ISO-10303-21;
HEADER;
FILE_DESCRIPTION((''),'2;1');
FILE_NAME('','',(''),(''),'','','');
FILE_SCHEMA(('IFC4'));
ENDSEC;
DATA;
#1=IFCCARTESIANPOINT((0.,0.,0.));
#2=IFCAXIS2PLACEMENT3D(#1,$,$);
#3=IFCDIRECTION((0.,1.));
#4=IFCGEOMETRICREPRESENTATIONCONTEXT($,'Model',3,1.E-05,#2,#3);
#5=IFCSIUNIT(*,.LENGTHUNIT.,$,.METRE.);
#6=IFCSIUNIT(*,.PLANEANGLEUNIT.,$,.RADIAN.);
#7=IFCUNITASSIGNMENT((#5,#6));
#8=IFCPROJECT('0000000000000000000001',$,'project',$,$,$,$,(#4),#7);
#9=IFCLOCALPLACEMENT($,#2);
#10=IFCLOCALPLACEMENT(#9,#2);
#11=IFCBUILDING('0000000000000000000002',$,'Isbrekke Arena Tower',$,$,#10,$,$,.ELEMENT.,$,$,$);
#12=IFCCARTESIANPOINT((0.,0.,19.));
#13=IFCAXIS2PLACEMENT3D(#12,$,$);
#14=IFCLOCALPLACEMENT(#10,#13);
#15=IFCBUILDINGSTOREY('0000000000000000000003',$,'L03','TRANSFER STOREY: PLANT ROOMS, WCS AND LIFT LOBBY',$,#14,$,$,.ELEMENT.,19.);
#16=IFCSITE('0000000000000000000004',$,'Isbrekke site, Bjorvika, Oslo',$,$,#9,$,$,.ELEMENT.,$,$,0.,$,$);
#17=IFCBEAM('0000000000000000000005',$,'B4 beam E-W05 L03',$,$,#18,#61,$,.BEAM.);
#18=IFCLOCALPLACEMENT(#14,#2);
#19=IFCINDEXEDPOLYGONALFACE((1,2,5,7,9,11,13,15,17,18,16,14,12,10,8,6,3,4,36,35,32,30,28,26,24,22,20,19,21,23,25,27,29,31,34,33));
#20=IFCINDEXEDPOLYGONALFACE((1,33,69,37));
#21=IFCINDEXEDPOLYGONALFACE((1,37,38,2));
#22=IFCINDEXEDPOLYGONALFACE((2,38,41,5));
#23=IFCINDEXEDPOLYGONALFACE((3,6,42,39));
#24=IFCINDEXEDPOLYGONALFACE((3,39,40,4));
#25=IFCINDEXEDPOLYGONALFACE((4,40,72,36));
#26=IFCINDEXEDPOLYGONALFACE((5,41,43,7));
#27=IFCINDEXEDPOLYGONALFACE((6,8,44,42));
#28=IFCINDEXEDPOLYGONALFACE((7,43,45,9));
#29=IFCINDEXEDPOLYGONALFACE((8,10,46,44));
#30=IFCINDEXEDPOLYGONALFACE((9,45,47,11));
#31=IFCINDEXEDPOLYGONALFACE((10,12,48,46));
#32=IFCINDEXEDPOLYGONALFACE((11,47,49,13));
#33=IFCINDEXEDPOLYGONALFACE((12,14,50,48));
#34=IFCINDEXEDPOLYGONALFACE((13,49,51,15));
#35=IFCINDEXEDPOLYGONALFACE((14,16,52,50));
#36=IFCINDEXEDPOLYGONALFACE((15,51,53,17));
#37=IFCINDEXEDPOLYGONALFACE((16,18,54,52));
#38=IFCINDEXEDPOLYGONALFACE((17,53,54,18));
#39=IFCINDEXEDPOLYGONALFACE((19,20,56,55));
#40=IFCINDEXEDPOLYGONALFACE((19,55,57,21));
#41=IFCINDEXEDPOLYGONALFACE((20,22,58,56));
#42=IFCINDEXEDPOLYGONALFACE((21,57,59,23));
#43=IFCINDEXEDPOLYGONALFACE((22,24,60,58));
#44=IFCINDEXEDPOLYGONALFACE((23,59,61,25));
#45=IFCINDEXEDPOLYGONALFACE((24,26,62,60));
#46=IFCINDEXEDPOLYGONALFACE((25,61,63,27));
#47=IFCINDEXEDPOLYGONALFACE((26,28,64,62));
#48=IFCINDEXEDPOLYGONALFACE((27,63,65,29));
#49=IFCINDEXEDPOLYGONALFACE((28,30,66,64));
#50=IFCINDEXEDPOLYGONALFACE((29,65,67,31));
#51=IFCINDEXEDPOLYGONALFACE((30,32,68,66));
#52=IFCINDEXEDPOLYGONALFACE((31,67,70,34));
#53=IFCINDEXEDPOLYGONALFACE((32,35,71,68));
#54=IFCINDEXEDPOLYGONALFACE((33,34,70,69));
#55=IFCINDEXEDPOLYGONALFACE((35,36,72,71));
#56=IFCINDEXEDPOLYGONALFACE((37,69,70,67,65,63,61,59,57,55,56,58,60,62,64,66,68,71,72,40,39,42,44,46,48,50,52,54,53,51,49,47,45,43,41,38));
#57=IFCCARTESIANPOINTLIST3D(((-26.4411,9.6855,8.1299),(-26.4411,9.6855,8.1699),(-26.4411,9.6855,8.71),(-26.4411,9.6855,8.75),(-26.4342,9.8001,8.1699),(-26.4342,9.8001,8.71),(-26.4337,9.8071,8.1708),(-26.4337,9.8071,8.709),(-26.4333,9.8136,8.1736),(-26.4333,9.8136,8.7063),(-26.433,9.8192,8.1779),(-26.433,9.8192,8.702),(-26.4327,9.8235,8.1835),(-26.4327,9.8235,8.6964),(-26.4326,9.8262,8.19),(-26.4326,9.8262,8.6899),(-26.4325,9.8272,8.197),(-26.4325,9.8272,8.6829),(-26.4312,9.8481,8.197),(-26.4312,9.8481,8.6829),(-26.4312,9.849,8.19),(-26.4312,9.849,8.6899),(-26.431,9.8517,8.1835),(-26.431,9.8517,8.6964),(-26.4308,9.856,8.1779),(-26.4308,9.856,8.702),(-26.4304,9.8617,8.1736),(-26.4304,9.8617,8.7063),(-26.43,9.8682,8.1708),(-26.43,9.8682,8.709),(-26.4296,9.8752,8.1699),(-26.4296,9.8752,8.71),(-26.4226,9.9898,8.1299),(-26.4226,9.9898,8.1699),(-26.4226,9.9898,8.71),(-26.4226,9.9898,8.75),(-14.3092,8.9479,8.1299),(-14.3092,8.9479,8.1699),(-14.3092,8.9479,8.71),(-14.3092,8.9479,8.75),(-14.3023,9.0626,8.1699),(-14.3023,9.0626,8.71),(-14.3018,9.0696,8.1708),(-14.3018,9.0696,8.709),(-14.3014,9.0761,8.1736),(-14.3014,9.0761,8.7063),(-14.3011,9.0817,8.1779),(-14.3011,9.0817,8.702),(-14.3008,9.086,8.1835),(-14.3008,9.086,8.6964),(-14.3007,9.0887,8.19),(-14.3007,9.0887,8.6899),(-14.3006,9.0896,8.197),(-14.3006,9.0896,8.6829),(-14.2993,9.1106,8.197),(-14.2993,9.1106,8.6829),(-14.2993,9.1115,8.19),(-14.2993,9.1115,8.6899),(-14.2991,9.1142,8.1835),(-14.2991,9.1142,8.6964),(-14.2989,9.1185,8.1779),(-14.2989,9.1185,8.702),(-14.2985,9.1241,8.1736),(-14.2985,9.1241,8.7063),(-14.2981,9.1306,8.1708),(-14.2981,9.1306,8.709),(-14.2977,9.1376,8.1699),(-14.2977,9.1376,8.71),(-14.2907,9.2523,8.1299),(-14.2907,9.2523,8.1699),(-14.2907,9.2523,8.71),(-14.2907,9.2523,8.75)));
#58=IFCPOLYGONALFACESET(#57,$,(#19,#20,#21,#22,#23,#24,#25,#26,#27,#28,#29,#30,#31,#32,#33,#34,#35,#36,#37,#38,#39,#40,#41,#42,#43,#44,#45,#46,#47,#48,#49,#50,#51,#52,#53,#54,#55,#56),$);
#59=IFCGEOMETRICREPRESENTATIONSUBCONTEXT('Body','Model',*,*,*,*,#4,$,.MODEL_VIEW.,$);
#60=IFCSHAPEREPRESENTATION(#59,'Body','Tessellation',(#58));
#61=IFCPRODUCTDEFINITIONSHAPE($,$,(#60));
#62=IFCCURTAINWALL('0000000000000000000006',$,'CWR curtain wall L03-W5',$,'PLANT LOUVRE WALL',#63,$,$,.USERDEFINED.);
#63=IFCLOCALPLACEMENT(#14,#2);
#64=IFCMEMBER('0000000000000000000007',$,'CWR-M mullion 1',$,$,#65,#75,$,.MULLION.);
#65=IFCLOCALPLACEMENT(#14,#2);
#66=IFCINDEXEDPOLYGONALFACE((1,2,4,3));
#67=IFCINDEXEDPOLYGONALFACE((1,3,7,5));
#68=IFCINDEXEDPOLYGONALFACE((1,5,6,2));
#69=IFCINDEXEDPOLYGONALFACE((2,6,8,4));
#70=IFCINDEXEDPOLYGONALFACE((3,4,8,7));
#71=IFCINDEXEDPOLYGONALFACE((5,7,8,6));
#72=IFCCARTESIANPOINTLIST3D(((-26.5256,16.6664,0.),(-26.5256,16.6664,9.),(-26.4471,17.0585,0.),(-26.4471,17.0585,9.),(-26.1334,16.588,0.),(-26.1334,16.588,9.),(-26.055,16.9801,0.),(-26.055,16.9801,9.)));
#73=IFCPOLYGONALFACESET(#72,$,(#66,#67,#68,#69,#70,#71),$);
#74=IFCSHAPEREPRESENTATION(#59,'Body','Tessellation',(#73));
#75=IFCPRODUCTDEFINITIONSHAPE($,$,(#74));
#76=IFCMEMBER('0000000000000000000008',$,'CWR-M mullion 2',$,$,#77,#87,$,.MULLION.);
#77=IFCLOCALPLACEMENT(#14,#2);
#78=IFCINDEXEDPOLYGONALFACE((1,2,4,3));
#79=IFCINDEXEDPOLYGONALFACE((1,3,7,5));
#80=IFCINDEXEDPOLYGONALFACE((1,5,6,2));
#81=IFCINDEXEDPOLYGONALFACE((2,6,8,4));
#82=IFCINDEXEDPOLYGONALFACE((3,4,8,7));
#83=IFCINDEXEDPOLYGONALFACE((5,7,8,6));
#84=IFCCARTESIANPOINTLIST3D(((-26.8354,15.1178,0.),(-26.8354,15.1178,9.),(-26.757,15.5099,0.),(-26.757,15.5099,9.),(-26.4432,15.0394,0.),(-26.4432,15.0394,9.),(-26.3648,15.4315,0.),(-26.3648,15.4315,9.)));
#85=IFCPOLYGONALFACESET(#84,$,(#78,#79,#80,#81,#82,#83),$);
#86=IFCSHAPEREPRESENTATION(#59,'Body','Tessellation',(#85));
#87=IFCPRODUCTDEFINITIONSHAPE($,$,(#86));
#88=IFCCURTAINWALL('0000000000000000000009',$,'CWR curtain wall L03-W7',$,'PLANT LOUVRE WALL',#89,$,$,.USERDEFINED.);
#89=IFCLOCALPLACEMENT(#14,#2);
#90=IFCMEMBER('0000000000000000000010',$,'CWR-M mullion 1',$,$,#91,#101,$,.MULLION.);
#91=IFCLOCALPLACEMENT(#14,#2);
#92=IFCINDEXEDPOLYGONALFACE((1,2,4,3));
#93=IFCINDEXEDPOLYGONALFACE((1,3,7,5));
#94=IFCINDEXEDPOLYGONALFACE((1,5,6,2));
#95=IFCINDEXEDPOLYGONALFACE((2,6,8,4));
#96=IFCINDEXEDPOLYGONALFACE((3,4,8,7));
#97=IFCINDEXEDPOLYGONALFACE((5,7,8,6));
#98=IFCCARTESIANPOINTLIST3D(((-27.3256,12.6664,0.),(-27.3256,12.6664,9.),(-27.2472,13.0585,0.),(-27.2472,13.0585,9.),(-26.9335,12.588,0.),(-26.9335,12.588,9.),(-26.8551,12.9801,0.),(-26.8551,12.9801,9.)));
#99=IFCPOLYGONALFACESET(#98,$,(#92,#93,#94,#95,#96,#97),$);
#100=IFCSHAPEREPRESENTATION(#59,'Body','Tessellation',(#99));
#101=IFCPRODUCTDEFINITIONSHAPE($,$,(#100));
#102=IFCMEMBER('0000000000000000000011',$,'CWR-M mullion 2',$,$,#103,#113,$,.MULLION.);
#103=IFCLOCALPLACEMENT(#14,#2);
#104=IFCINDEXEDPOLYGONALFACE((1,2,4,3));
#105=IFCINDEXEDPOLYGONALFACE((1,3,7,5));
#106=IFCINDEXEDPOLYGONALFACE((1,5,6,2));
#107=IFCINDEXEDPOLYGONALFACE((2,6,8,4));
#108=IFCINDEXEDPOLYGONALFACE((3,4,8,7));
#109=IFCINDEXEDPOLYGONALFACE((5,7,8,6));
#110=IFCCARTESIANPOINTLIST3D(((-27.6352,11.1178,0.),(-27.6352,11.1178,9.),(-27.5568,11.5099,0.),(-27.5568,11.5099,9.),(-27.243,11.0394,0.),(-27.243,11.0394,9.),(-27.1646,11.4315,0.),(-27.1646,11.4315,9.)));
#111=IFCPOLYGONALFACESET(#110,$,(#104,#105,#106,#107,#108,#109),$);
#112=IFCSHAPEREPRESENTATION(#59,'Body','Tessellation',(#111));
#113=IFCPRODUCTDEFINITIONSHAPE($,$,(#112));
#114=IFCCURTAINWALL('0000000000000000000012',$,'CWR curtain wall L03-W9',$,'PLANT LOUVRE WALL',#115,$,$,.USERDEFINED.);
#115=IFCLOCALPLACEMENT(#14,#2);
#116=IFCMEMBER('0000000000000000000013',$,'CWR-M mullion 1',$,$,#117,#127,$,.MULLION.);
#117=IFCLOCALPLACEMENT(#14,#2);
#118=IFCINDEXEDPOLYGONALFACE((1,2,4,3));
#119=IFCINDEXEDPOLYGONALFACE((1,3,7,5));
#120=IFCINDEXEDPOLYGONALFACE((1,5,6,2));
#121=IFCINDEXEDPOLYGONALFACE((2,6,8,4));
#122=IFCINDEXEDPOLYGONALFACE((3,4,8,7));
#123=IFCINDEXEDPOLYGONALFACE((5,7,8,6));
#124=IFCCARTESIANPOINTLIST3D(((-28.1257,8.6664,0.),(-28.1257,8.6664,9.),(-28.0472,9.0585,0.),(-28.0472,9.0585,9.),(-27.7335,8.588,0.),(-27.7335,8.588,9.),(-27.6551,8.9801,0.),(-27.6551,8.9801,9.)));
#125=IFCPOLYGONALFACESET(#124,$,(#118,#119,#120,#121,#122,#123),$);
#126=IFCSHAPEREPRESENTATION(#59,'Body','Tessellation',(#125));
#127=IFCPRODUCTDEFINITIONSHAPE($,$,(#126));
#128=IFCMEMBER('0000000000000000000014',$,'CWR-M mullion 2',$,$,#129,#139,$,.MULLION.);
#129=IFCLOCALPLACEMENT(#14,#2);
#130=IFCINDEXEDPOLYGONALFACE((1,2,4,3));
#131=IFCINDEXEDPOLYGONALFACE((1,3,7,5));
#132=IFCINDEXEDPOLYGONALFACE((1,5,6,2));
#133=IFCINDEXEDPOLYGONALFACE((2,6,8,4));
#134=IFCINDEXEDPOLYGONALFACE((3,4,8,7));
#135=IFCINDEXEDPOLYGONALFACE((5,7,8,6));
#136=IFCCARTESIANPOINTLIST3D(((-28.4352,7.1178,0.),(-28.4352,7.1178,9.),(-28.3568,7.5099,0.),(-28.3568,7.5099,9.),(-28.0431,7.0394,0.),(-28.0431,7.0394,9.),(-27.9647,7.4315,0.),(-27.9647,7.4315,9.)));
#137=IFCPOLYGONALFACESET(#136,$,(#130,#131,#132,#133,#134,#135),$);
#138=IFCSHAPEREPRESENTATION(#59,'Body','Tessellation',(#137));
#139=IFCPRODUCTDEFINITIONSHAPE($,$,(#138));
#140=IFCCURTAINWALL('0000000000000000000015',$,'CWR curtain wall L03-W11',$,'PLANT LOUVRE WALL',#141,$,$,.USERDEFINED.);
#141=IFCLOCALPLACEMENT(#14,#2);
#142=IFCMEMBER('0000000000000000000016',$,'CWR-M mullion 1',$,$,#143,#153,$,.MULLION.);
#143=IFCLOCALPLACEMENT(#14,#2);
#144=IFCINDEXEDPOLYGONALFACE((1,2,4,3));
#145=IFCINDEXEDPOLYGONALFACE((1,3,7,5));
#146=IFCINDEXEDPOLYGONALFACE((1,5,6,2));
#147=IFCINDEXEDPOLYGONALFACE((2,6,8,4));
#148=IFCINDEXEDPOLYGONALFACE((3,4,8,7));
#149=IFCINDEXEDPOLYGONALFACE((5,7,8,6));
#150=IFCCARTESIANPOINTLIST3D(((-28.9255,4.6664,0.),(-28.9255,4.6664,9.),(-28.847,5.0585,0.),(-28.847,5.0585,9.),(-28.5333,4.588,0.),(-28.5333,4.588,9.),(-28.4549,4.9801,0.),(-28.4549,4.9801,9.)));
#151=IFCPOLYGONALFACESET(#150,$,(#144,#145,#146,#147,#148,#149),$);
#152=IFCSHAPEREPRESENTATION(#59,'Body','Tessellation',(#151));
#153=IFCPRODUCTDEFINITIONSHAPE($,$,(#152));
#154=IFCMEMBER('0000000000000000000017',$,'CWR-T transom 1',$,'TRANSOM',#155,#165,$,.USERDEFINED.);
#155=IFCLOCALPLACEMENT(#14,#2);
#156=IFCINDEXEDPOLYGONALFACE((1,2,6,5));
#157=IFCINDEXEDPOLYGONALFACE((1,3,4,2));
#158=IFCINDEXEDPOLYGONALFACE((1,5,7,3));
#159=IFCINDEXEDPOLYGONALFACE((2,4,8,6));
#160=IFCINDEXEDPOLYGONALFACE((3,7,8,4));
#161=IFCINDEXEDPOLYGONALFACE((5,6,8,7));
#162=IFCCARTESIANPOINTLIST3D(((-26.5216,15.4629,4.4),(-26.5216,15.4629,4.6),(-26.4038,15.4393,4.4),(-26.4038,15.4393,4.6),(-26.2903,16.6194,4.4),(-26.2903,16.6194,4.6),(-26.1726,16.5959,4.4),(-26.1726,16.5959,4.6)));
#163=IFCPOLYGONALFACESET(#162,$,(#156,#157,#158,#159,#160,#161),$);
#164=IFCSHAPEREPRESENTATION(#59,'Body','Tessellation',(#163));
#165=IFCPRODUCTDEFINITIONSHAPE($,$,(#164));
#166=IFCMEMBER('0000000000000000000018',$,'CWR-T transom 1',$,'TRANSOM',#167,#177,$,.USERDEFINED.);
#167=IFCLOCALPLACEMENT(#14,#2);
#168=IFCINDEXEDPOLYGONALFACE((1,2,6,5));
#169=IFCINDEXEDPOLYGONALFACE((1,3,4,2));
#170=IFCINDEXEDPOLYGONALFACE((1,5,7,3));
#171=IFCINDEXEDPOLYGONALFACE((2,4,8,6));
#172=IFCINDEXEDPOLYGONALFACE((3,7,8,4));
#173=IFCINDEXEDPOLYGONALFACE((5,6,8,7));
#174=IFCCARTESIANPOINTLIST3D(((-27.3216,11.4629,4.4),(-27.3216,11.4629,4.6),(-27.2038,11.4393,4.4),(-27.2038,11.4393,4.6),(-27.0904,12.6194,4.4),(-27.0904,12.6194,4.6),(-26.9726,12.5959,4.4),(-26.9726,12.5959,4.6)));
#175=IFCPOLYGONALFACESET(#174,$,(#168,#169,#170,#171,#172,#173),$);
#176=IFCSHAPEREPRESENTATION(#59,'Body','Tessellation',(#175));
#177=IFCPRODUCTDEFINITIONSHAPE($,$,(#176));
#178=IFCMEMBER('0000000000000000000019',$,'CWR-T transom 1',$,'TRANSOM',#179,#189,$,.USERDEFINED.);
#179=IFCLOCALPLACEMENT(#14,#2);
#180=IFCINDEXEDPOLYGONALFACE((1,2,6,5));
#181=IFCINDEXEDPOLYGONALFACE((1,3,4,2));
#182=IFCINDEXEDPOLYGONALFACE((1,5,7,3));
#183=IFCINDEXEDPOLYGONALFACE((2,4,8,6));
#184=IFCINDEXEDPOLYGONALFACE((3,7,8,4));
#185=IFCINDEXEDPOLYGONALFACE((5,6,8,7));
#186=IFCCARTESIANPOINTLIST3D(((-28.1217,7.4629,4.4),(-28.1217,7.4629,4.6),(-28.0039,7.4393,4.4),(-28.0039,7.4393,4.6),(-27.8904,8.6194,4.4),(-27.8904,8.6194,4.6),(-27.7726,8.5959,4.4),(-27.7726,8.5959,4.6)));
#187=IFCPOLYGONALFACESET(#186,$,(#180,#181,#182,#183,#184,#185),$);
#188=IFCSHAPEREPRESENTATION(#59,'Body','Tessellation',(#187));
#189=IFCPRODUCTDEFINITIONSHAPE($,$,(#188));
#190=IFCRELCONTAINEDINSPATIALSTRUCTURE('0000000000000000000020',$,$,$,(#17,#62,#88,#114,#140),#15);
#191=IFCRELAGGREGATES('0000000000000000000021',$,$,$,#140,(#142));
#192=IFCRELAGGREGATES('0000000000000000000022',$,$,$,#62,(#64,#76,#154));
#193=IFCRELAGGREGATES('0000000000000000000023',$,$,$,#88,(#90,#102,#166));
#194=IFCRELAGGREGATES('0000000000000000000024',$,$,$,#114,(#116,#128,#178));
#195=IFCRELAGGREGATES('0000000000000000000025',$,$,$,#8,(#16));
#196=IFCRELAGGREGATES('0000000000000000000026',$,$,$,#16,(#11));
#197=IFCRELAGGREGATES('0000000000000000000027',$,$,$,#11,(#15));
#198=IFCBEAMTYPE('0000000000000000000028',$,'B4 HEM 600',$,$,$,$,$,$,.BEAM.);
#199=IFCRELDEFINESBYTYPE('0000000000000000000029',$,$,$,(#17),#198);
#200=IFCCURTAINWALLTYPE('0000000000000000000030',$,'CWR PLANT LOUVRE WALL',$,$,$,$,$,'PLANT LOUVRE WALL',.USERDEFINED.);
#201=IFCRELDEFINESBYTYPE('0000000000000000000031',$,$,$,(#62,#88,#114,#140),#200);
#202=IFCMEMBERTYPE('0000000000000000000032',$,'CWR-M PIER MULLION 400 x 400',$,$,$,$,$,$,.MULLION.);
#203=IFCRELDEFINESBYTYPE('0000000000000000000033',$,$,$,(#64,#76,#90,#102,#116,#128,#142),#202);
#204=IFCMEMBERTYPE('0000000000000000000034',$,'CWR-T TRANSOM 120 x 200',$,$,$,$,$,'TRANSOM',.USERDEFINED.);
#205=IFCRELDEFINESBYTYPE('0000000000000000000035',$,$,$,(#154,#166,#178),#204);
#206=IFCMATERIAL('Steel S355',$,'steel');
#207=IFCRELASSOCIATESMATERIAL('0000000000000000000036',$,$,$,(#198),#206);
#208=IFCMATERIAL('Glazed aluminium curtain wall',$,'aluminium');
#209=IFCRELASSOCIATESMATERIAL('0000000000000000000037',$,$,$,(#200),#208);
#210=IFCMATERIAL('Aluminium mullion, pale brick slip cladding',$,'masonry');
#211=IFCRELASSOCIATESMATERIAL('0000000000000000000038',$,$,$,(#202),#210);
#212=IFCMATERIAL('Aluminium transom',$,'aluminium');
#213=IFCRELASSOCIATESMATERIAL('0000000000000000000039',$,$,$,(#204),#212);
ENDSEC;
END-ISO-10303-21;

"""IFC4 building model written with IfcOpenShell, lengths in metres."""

from ifc_helpers import new_model, si_unit, direction, frame, origin, origin_2d, place, context, subcontext, project, spatial, rectangle, i_section, extrude, material, material_profile, profile_set, type_object, element, aggregate, save


model = new_model("IFC4")

# Units and contexts
model_context = context("Model", 3, precision=1e-05, world=origin(), true_north=direction((0.0, 1.0)))
body_context = subcontext(model_context, "Body", "Model", "MODEL_VIEW")
ifc_project = project(units=[si_unit("LENGTHUNIT", "METRE"), si_unit("PLANEANGLEUNIT", "RADIAN")], contexts=[model_context])

# Site, building, storey
site_placement = place(None, origin())
site = spatial("IfcSite", under=ifc_project, at=site_placement, Name="Isbrekke site, Bjorvika, Oslo", CompositionType="ELEMENT", RefElevation=0.0)
building_placement = place(site_placement, origin())
building = spatial("IfcBuilding", under=site, at=building_placement, Name="Isbrekke Arena Tower", CompositionType="ELEMENT")
storey_placement = place(building_placement, frame((0.0, 0.0, 19.0)))
storey = spatial("IfcBuildingStorey", under=building, at=storey_placement, Name="L03", Description="TRANSFER STOREY: PLANT ROOMS, WCS AND LIFT LOBBY", CompositionType="ELEMENT", Elevation=19.0)

# Beam
ifc_material_1 = material(Name="Steel S355", Category="steel")
ifc_material_profile_1 = material_profile(ifc_material_1, i_section(OverallWidth=0.3049, OverallDepth=0.6201, WebThickness=0.021, FlangeThickness=0.04, FilletRadius=0.0271, at=origin_2d()), Name="HEM 600")
ifc_profile_set_1 = profile_set([ifc_material_profile_1], Name="Steel S355")
beam_type_1 = type_object("IfcBeamType", Name="B4 HEM 600", PredefinedType="BEAM", material=ifc_profile_set_1)
beam_1_placement = place(storey_placement, frame((-26.4319, 9.8376, 8.4399), z_axis=(0.998157, -0.060682, 0.0), x_axis=(0.060682, 0.998157, 0.0)))
element("IfcBeam", 1, at=beam_1_placement, inside=storey, type_object=beam_type_1, Name="B4 beam E-W05 L03", PredefinedType="BEAM", context=body_context, shape_type="SweptSolid", body=[
    extrude(i_section(OverallWidth=0.3049, OverallDepth=0.6201, WebThickness=0.021, FlangeThickness=0.04, FilletRadius=0.0271, at=origin_2d()), origin(), (0.0, 0.0, 1.0), 12.1543),
])

# Curtain walls, members
ifc_material_2 = material(Name="Glazed aluminium curtain wall", Category="aluminium")
curtain_wall_type = type_object("IfcCurtainWallType", Name="CWR PLANT LOUVRE WALL", ElementType="PLANT LOUVRE WALL", PredefinedType="USERDEFINED", material=ifc_material_2)
curtain_wall_1_placement = place(storey_placement, origin())
curtain_wall_1 = element("IfcCurtainWall", 2, at=curtain_wall_1_placement, inside=storey, type_object=curtain_wall_type, Name="CWR curtain wall L03-W5", ObjectType="PLANT LOUVRE WALL", PredefinedType="USERDEFINED")
ifc_material_3 = material(Name="Aluminium mullion, pale brick slip cladding", Category="masonry")
ifc_material_profile_2 = material_profile(ifc_material_3, rectangle(XDim=0.3999, YDim=0.3999, at=origin_2d()), Name="PIER 400X400")
ifc_profile_set_2 = profile_set([ifc_material_profile_2], Name="Aluminium mullion, pale brick slip cladding")
member_type_1 = type_object("IfcMemberType", Name="CWR-M PIER MULLION 400 x 400", PredefinedType="MULLION", material=ifc_profile_set_2)
member_1_placement = place(storey_placement, frame((-26.2903, 16.8232, 0.0), z_axis=(0.0, 0.0, 1.0), x_axis=(-0.196116, -0.980581, 0.0)))
member_1 = element("IfcMember", 3, at=member_1_placement, type_object=member_type_1, Name="CWR-M mullion 1", PredefinedType="MULLION", context=body_context, shape_type="SweptSolid", body=[
    extrude(rectangle(XDim=0.3999, YDim=0.3999, at=origin_2d()), origin(), (0.0, 0.0, 1.0), 9.0),
])
member_2_placement = place(storey_placement, frame((-26.6001, 15.2747, 0.0), z_axis=(0.0, 0.0, 1.0), x_axis=(-0.196116, -0.980581, 0.0)))
member_2 = element("IfcMember", 4, at=member_2_placement, type_object=member_type_1, Name="CWR-M mullion 2", PredefinedType="MULLION", context=body_context, shape_type="SweptSolid", body=[
    extrude(rectangle(XDim=0.3999, YDim=0.3999, at=origin_2d()), origin(), (0.0, 0.0, 1.0), 9.0),
])
curtain_wall_2_placement = place(storey_placement, origin())
curtain_wall_2 = element("IfcCurtainWall", 5, at=curtain_wall_2_placement, inside=storey, type_object=curtain_wall_type, Name="CWR curtain wall L03-W7", ObjectType="PLANT LOUVRE WALL", PredefinedType="USERDEFINED")
member_3_placement = place(storey_placement, frame((-27.0903, 12.8232, 0.0), z_axis=(0.0, 0.0, 1.0), x_axis=(-0.196116, -0.980581, 0.0)))
member_3 = element("IfcMember", 6, at=member_3_placement, type_object=member_type_1, Name="CWR-M mullion 1", PredefinedType="MULLION", context=body_context, shape_type="SweptSolid", body=[
    extrude(rectangle(XDim=0.3999, YDim=0.3999, at=origin_2d()), origin(), (0.0, 0.0, 1.0), 9.0),
])
member_4_placement = place(storey_placement, frame((-27.3999, 11.2747, 0.0), z_axis=(0.0, 0.0, 1.0), x_axis=(-0.196116, -0.980581, 0.0)))
member_4 = element("IfcMember", 7, at=member_4_placement, type_object=member_type_1, Name="CWR-M mullion 2", PredefinedType="MULLION", context=body_context, shape_type="SweptSolid", body=[
    extrude(rectangle(XDim=0.3999, YDim=0.3999, at=origin_2d()), origin(), (0.0, 0.0, 1.0), 9.0),
])
curtain_wall_3_placement = place(storey_placement, origin())
curtain_wall_3 = element("IfcCurtainWall", 8, at=curtain_wall_3_placement, inside=storey, type_object=curtain_wall_type, Name="CWR curtain wall L03-W9", ObjectType="PLANT LOUVRE WALL", PredefinedType="USERDEFINED")
member_5_placement = place(storey_placement, frame((-27.8904, 8.8232, 0.0), z_axis=(0.0, 0.0, 1.0), x_axis=(-0.196116, -0.980581, 0.0)))
member_5 = element("IfcMember", 9, at=member_5_placement, type_object=member_type_1, Name="CWR-M mullion 1", PredefinedType="MULLION", context=body_context, shape_type="SweptSolid", body=[
    extrude(rectangle(XDim=0.3999, YDim=0.3999, at=origin_2d()), origin(), (0.0, 0.0, 1.0), 9.0),
])
member_6_placement = place(storey_placement, frame((-28.2, 7.2747, 0.0), z_axis=(0.0, 0.0, 1.0), x_axis=(-0.196116, -0.980581, 0.0)))
member_6 = element("IfcMember", 10, at=member_6_placement, type_object=member_type_1, Name="CWR-M mullion 2", PredefinedType="MULLION", context=body_context, shape_type="SweptSolid", body=[
    extrude(rectangle(XDim=0.3999, YDim=0.3999, at=origin_2d()), origin(), (0.0, 0.0, 1.0), 9.0),
])

# Curtain wall, member
curtain_wall_4_placement = place(storey_placement, origin())
curtain_wall_4 = element("IfcCurtainWall", 11, at=curtain_wall_4_placement, inside=storey, type_object=curtain_wall_type, Name="CWR curtain wall L03-W11", ObjectType="PLANT LOUVRE WALL", PredefinedType="USERDEFINED")
member_7_placement = place(storey_placement, frame((-28.6902, 4.8232, 0.0), z_axis=(0.0, 0.0, 1.0), x_axis=(-0.196116, -0.980581, 0.0)))
member_7 = element("IfcMember", 12, at=member_7_placement, type_object=member_type_1, Name="CWR-M mullion 1", PredefinedType="MULLION", context=body_context, shape_type="SweptSolid", body=[
    extrude(rectangle(XDim=0.3999, YDim=0.3999, at=origin_2d()), origin(), (0.0, 0.0, 1.0), 9.0),
])
aggregate(curtain_wall_4, [member_7])

# Members
ifc_material_4 = material(Name="Aluminium transom", Category="aluminium")
ifc_material_profile_3 = material_profile(ifc_material_4, rectangle(XDim=0.1201, YDim=0.2, at=origin_2d()), Name="TRANSOM 120X200")
ifc_profile_set_3 = profile_set([ifc_material_profile_3], Name="Aluminium transom")
member_type_2 = type_object("IfcMemberType", Name="CWR-T TRANSOM 120 x 200", ElementType="TRANSOM", PredefinedType="USERDEFINED", material=ifc_profile_set_3)
member_8_placement = place(storey_placement, frame((-26.2314, 16.6077, 4.5), z_axis=(-0.196037, -0.980597, 0.0), x_axis=(0.980597, -0.196037, 0.0)))
member_8 = element("IfcMember", 13, at=member_8_placement, type_object=member_type_2, Name="CWR-T transom 1", ObjectType="TRANSOM", PredefinedType="USERDEFINED", context=body_context, shape_type="SweptSolid", body=[
    extrude(rectangle(XDim=0.1201, YDim=0.2, at=origin_2d()), origin(), (0.0, 0.0, 1.0), 1.1794),
])
member_9_placement = place(storey_placement, frame((-27.0315, 12.6077, 4.5), z_axis=(-0.196037, -0.980597, 0.0), x_axis=(0.980597, -0.196037, 0.0)))
member_9 = element("IfcMember", 14, at=member_9_placement, type_object=member_type_2, Name="CWR-T transom 1", ObjectType="TRANSOM", PredefinedType="USERDEFINED", context=body_context, shape_type="SweptSolid", body=[
    extrude(rectangle(XDim=0.1201, YDim=0.2, at=origin_2d()), origin(), (0.0, 0.0, 1.0), 1.1794),
])
member_10_placement = place(storey_placement, frame((-27.8315, 8.6077, 4.5), z_axis=(-0.196037, -0.980597, 0.0), x_axis=(0.980597, -0.196037, 0.0)))
member_10 = element("IfcMember", 15, at=member_10_placement, type_object=member_type_2, Name="CWR-T transom 1", ObjectType="TRANSOM", PredefinedType="USERDEFINED", context=body_context, shape_type="SweptSolid", body=[
    extrude(rectangle(XDim=0.1201, YDim=0.2, at=origin_2d()), origin(), (0.0, 0.0, 1.0), 1.1794),
])

aggregate(curtain_wall_1, [member_1, member_2, member_8])
aggregate(curtain_wall_2, [member_3, member_4, member_9])
aggregate(curtain_wall_3, [member_5, member_6, member_10])

save(model, "model.ifc")
